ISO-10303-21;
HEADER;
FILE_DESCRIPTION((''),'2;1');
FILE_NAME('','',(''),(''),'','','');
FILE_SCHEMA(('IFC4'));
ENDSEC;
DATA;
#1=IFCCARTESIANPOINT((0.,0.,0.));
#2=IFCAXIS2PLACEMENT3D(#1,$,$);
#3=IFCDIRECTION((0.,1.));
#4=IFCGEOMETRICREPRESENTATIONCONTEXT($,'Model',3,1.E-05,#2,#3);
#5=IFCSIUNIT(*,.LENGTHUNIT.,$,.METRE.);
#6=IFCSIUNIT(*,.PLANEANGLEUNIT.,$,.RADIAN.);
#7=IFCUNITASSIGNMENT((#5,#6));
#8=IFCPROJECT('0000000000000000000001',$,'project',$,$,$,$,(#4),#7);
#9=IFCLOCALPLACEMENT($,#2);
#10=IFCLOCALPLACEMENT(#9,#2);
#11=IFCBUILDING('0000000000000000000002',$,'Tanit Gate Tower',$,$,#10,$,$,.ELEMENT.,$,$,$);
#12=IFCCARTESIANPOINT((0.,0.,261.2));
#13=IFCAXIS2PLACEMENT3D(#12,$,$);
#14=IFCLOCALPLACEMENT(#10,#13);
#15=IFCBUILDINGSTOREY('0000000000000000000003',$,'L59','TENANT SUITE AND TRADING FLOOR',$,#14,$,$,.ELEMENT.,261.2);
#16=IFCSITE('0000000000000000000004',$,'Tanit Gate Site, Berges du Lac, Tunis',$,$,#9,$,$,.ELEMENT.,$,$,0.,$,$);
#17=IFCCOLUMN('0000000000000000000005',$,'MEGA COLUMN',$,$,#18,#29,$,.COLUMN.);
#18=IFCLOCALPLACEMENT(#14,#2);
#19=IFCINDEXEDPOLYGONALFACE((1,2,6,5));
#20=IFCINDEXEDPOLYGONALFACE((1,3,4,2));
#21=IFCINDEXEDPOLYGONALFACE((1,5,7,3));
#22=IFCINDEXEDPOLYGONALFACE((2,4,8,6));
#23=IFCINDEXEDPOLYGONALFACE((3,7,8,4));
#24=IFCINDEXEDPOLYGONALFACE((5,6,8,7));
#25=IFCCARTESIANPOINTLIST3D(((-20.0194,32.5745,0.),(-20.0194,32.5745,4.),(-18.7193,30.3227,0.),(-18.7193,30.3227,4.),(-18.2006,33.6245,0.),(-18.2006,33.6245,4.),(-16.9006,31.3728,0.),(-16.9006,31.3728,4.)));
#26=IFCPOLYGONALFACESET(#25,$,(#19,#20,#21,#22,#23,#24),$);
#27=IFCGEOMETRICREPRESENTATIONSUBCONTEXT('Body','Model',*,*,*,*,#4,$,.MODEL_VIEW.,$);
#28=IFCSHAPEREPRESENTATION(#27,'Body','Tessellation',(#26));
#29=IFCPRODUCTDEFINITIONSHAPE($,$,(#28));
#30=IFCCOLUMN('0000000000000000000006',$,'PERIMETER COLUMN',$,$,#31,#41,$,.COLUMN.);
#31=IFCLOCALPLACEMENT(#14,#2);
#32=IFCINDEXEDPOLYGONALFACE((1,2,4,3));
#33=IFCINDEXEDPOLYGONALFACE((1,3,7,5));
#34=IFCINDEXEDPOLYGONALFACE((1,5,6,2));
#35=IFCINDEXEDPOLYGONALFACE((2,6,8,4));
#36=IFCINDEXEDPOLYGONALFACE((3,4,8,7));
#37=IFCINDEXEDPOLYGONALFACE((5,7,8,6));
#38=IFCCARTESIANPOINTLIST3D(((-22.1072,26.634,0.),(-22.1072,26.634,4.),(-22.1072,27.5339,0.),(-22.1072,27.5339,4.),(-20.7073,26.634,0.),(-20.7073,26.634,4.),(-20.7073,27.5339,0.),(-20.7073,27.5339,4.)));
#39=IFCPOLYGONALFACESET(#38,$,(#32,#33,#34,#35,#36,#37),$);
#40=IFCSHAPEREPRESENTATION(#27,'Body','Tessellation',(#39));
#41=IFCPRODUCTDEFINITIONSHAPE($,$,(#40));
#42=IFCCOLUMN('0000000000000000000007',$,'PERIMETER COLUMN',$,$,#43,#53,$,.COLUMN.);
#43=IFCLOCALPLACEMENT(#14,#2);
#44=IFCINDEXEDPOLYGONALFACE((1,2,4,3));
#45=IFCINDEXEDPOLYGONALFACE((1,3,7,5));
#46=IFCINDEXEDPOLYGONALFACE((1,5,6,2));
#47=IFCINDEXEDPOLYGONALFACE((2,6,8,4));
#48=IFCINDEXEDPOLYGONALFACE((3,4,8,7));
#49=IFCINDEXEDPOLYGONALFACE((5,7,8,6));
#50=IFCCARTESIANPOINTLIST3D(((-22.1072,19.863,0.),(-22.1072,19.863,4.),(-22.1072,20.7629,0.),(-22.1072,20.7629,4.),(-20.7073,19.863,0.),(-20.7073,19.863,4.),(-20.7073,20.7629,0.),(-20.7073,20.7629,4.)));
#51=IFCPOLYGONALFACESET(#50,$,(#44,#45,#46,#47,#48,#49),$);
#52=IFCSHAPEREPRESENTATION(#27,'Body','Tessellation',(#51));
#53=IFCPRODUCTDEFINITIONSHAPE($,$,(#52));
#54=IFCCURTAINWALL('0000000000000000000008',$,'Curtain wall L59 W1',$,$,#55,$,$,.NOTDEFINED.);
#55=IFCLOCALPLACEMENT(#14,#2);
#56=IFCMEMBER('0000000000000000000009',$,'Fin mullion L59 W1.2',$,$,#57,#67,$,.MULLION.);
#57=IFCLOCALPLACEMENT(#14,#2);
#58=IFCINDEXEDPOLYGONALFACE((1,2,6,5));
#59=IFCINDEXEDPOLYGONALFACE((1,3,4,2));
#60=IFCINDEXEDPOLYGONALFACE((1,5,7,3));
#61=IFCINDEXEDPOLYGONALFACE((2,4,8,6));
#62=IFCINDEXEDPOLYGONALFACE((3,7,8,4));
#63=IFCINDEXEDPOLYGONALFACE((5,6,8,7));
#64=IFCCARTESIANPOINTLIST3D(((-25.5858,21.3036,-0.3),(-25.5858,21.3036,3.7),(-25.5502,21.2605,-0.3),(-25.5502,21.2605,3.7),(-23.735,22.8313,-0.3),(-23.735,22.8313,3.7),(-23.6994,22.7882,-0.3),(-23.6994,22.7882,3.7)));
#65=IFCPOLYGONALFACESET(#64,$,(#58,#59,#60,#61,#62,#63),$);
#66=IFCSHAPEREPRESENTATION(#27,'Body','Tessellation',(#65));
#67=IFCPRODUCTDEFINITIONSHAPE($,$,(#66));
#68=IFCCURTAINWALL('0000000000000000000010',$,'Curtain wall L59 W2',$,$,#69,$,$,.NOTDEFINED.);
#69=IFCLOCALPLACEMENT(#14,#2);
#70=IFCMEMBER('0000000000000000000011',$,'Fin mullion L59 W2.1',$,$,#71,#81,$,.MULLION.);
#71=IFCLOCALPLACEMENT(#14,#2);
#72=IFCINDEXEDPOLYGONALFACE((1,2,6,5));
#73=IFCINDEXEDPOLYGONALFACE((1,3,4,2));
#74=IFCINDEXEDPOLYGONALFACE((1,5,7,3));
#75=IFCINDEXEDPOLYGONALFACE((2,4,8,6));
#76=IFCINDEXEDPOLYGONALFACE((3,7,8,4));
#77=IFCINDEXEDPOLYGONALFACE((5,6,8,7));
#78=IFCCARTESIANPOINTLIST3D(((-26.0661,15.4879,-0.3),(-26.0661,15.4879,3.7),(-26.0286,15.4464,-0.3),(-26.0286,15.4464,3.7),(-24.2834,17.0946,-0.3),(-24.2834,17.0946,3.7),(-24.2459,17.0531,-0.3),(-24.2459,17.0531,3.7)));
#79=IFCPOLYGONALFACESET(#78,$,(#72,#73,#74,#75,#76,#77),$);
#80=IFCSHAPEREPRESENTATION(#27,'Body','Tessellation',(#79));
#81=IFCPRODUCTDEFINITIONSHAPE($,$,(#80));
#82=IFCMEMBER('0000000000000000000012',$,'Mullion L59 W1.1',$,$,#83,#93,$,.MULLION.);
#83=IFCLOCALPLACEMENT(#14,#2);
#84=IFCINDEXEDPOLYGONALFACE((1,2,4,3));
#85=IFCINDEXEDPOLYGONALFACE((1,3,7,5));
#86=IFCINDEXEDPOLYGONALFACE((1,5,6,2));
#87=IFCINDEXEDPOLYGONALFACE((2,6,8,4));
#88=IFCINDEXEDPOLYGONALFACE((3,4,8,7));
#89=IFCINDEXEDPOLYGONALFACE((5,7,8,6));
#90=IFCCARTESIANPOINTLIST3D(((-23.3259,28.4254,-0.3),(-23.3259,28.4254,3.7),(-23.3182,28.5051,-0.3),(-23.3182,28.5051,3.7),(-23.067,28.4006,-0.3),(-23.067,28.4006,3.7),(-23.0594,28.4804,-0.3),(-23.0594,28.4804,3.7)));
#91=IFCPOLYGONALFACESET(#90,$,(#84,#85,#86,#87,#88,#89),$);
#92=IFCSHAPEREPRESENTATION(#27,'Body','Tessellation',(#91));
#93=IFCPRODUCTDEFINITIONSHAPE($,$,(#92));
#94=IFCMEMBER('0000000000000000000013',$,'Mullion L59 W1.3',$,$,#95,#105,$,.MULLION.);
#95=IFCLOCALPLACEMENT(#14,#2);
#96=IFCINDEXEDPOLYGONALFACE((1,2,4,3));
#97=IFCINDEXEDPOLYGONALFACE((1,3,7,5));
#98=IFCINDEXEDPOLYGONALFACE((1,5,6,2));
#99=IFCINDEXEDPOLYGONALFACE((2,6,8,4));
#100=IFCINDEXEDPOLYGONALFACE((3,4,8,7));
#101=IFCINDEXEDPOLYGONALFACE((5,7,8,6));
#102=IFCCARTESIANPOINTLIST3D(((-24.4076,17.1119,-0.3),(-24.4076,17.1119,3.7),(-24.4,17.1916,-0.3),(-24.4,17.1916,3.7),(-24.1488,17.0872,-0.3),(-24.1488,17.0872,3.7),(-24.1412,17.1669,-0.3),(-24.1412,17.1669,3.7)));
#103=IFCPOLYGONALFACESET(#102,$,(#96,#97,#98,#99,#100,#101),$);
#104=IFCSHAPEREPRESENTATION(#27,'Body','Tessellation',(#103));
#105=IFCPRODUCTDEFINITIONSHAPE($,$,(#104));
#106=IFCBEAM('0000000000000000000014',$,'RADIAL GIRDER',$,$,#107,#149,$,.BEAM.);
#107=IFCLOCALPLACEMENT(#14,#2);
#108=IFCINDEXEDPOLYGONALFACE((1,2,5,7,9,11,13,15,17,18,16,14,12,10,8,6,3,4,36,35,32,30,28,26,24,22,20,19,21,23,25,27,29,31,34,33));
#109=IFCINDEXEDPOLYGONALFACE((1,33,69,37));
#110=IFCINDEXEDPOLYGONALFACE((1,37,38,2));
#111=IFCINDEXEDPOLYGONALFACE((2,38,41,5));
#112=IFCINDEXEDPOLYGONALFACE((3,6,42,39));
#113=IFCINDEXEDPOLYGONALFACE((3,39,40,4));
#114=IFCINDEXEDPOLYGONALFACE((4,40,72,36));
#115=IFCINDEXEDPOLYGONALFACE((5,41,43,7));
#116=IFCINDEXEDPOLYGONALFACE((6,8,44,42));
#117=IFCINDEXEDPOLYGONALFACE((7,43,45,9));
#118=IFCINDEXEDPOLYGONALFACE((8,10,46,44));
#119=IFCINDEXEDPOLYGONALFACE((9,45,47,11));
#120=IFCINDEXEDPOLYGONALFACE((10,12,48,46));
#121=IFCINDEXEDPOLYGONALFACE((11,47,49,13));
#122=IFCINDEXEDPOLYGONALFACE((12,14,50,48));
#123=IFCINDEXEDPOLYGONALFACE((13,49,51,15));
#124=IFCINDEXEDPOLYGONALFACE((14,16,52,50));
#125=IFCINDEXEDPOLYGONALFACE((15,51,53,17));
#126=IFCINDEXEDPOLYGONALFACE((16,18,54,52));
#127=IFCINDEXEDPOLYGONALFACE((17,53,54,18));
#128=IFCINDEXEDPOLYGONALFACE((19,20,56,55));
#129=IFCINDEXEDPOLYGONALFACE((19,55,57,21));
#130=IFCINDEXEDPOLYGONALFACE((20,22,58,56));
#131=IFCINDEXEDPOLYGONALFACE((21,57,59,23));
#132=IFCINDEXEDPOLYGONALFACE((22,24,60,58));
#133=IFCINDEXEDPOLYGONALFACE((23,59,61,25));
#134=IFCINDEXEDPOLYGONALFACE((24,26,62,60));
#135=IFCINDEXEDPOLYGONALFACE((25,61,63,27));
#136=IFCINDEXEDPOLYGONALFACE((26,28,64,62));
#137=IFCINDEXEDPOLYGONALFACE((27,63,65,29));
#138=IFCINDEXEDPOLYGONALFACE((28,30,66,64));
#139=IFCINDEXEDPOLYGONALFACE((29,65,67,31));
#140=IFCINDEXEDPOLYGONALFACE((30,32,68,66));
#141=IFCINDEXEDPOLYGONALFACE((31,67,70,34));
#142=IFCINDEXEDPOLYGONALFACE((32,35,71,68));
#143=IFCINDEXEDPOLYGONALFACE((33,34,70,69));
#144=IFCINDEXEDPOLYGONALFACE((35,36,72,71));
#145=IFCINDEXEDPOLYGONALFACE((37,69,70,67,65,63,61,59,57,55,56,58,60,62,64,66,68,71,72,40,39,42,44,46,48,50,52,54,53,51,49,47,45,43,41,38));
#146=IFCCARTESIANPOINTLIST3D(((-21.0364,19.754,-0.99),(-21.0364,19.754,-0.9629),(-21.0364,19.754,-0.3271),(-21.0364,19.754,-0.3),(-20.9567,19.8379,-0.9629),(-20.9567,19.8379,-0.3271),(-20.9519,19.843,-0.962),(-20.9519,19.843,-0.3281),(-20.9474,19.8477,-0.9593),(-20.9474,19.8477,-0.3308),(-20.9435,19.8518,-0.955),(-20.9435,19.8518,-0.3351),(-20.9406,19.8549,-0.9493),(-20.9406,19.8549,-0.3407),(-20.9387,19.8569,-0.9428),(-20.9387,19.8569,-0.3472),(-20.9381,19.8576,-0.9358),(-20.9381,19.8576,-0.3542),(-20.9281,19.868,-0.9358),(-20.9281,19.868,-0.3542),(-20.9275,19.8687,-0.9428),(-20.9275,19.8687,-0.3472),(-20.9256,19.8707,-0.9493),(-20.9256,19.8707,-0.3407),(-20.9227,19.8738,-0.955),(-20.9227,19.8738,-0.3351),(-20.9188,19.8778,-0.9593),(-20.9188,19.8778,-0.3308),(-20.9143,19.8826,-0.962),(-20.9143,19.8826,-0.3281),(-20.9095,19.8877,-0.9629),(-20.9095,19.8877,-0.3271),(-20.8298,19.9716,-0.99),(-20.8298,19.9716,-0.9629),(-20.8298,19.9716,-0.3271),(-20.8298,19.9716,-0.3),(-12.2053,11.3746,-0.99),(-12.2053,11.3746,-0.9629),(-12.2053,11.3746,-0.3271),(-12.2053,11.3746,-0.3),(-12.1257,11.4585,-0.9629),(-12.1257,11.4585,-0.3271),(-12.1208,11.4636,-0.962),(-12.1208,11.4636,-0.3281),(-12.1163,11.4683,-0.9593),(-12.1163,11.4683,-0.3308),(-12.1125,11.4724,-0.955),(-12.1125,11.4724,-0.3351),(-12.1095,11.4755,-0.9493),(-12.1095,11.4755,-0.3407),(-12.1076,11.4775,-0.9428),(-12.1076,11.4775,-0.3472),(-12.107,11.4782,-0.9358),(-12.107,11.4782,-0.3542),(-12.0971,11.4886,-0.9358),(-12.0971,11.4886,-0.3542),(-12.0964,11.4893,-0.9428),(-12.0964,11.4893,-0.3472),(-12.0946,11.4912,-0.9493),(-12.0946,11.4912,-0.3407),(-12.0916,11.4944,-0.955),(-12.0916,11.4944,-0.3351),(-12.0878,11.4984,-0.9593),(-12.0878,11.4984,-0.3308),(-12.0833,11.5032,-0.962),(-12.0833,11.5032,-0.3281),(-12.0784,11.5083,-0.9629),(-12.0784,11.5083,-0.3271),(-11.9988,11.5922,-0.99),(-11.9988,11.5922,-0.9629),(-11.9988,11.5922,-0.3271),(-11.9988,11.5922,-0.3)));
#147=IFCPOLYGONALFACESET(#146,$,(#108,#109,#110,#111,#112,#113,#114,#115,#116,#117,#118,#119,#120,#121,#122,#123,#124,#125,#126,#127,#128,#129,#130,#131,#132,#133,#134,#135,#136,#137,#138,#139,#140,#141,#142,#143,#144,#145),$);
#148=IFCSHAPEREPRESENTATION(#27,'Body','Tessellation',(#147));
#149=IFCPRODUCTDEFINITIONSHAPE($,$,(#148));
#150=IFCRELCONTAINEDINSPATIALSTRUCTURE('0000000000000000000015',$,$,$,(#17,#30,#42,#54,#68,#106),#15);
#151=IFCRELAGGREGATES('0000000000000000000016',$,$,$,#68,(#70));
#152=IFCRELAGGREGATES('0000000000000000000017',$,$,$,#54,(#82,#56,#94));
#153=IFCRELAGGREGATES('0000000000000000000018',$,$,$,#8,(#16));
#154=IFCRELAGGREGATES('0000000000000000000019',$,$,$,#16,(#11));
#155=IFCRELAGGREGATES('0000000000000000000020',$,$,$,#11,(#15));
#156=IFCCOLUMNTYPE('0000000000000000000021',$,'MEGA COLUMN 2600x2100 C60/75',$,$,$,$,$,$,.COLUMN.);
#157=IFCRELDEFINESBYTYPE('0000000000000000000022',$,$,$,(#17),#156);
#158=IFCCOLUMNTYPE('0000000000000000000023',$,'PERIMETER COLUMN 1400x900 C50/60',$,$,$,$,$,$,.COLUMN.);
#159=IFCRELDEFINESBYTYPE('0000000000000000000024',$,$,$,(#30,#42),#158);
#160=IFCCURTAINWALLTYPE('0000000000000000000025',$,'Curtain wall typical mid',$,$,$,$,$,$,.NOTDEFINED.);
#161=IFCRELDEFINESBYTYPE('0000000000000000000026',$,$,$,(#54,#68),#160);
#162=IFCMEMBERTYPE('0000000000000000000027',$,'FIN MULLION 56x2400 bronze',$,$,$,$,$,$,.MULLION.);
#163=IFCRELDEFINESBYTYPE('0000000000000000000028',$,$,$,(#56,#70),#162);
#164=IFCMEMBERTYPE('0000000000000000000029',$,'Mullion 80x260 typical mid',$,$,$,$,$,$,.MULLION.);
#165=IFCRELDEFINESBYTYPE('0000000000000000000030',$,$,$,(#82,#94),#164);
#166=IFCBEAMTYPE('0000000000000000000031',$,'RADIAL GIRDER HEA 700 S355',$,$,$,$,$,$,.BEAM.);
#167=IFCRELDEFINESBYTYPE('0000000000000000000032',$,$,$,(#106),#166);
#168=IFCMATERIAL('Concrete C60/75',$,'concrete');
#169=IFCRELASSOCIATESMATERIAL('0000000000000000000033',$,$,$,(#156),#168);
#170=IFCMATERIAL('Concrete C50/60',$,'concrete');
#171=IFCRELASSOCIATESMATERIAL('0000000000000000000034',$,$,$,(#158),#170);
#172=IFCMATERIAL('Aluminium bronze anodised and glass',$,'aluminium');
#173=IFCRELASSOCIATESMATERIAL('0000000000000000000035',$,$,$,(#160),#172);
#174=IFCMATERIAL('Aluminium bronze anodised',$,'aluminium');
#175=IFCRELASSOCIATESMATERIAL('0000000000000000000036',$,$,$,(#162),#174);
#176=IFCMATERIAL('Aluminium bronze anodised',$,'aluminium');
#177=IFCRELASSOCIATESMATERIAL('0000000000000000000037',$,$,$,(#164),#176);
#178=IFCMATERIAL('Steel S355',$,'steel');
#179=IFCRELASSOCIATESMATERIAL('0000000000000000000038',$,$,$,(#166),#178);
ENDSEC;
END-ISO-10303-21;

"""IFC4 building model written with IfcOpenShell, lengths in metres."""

from ifc_helpers import new_model, si_unit, direction, frame, origin, origin_2d, place, context, subcontext, project, spatial, rectangle, i_section, extrude, material, material_profile, profile_set, type_object, element, aggregate, save


model = new_model("IFC4")

# Units and contexts
model_context = context("Model", 3, precision=1e-05, world=origin(), true_north=direction((0.0, 1.0)))
body_context = subcontext(model_context, "Body", "Model", "MODEL_VIEW")
ifc_project = project(units=[si_unit("LENGTHUNIT", "METRE"), si_unit("PLANEANGLEUNIT", "RADIAN")], contexts=[model_context])

# Site, building, storey
site_placement = place(None, origin())
site = spatial("IfcSite", under=ifc_project, at=site_placement, Name="Tanit Gate Site, Berges du Lac, Tunis", CompositionType="ELEMENT", RefElevation=0.0)
building_placement = place(site_placement, origin())
building = spatial("IfcBuilding", under=site, at=building_placement, Name="Tanit Gate Tower", CompositionType="ELEMENT")
storey_placement = place(building_placement, frame((0.0, 0.0, 261.2)))
storey = spatial("IfcBuildingStorey", under=building, at=storey_placement, Name="L59", Description="TENANT SUITE AND TRADING FLOOR", CompositionType="ELEMENT", Elevation=261.2)

# Columns
ifc_material_1 = material(Name="Concrete C60/75", Category="concrete")
ifc_material_profile_1 = material_profile(ifc_material_1, rectangle(XDim=2.6001, YDim=2.1001, at=origin_2d()), Name="RC 2600x2100")
ifc_profile_set_1 = profile_set([ifc_material_profile_1], Name="Concrete C60/75")
column_type_1 = type_object("IfcColumnType", Name="MEGA COLUMN 2600x2100 C60/75", PredefinedType="COLUMN", material=ifc_profile_set_1)
column_placement = place(storey_placement, frame((-18.46, 31.9736, 0.0), z_axis=(0.0, 0.0, 1.0), x_axis=(-0.5, 0.866025, 0.0)))
element("IfcColumn", 1, at=column_placement, inside=storey, type_object=column_type_1, Name="MEGA COLUMN", PredefinedType="COLUMN", context=body_context, shape_type="SweptSolid", body=[
    extrude(rectangle(XDim=2.6001, YDim=2.1001, at=origin_2d()), origin(), (0.0, 0.0, 1.0), 4.0),
])
ifc_material_2 = material(Name="Concrete C50/60", Category="concrete")
ifc_material_profile_2 = material_profile(ifc_material_2, rectangle(XDim=1.3999, YDim=0.8999, at=origin_2d()), Name="RC 1400x900")
ifc_profile_set_2 = profile_set([ifc_material_profile_2], Name="Concrete C50/60")
column_type_2 = type_object("IfcColumnType", Name="PERIMETER COLUMN 1400x900 C50/60", PredefinedType="COLUMN", material=ifc_profile_set_2)
for number, where, z_axis, x_axis, name in (
    (2, (-21.4072, 27.084, 0.0), (0.0, 0.0, 1.0), (-1.0, 0.0, 0.0), "PERIMETER COLUMN"),
    (3, (-21.4072, 20.313, 0.0), (0.0, 0.0, 1.0), (-1.0, 0.0, 0.0), "PERIMETER COLUMN"),
):
    element("IfcColumn", number, at=place(storey_placement, frame(where, z_axis=z_axis, x_axis=x_axis)), inside=storey, type_object=column_type_2, Name=name, PredefinedType="COLUMN", context=body_context, shape_type="SweptSolid", body=[
        extrude(rectangle(XDim=1.3999, YDim=0.8999, at=origin_2d()), origin(), (0.0, 0.0, 1.0), 4.0),
    ])

# Curtain walls, members
ifc_material_3 = material(Name="Aluminium bronze anodised and glass", Category="aluminium")
curtain_wall_type = type_object("IfcCurtainWallType", Name="Curtain wall typical mid", PredefinedType="NOTDEFINED", material=ifc_material_3)
curtain_wall_1_placement = place(storey_placement, origin())
curtain_wall_1 = element("IfcCurtainWall", 4, at=curtain_wall_1_placement, inside=storey, type_object=curtain_wall_type, Name="Curtain wall L59 W1", PredefinedType="NOTDEFINED")
ifc_material_4 = material(Name="Aluminium bronze anodised", Category="aluminium")
ifc_material_profile_3 = material_profile(ifc_material_4, rectangle(XDim=2.3999, YDim=0.0559, at=origin_2d()), Name="56x2400 bronze fin mullion")
ifc_profile_set_3 = profile_set([ifc_material_profile_3], Name="Aluminium bronze anodised")
member_type_1 = type_object("IfcMemberType", Name="FIN MULLION 56x2400 bronze", PredefinedType="MULLION", material=ifc_profile_set_3)
member_1_placement = place(storey_placement, frame((-24.6426, 22.0459, -0.3), z_axis=(0.0, 0.0, 1.0), x_axis=(0.7712, 0.636593, 0.0)))
member_1 = element("IfcMember", 5, at=member_1_placement, type_object=member_type_1, Name="Fin mullion L59 W1.2", PredefinedType="MULLION", context=body_context, shape_type="SweptSolid", body=[
    extrude(rectangle(XDim=2.3999, YDim=0.0559, at=origin_2d()), origin(), (0.0, 0.0, 1.0), 4.0),
])
curtain_wall_2_placement = place(storey_placement, origin())
curtain_wall_2 = element("IfcCurtainWall", 6, at=curtain_wall_2_placement, inside=storey, type_object=curtain_wall_type, Name="Curtain wall L59 W2", PredefinedType="NOTDEFINED")
member_2_placement = place(storey_placement, frame((-25.156, 16.2705, -0.3), z_axis=(0.0, 0.0, 1.0), x_axis=(0.742829, 0.669481, 0.0)))
member_2 = element("IfcMember", 7, at=member_2_placement, type_object=member_type_1, Name="Fin mullion L59 W2.1", PredefinedType="MULLION", context=body_context, shape_type="SweptSolid", body=[
    extrude(rectangle(XDim=2.3999, YDim=0.0559, at=origin_2d()), origin(), (0.0, 0.0, 1.0), 4.0),
])

# Members
ifc_material_5 = material(Name="Aluminium bronze anodised", Category="aluminium")
ifc_material_profile_4 = material_profile(ifc_material_5, rectangle(XDim=0.26, YDim=0.0801, at=origin_2d()), Name="80x260 bronze mullion")
ifc_profile_set_4 = profile_set([ifc_material_profile_4], Name="Aluminium bronze anodised")
member_type_2 = type_object("IfcMemberType", Name="Mullion 80x260 typical mid", PredefinedType="MULLION", material=ifc_profile_set_4)
member_3_placement = place(storey_placement, frame((-23.1926, 28.4529, -0.3), z_axis=(0.0, 0.0, 1.0), x_axis=(0.99546, -0.095182, 0.0)))
member_3 = element("IfcMember", 8, at=member_3_placement, type_object=member_type_2, Name="Mullion L59 W1.1", PredefinedType="MULLION", context=body_context, shape_type="SweptSolid", body=[
    extrude(rectangle(XDim=0.26, YDim=0.0801, at=origin_2d()), origin(), (0.0, 0.0, 1.0), 4.0),
])
member_4_placement = place(storey_placement, frame((-24.2744, 17.1394, -0.3), z_axis=(0.0, 0.0, 1.0), x_axis=(0.99546, -0.095182, 0.0)))
member_4 = element("IfcMember", 9, at=member_4_placement, type_object=member_type_2, Name="Mullion L59 W1.3", PredefinedType="MULLION", context=body_context, shape_type="SweptSolid", body=[
    extrude(rectangle(XDim=0.26, YDim=0.0801, at=origin_2d()), origin(), (0.0, 0.0, 1.0), 4.0),
])

# Beam
ifc_material_6 = material(Name="Steel S355", Category="steel")
ifc_material_profile_5 = material_profile(ifc_material_6, i_section(OverallWidth=0.3, OverallDepth=0.6899, WebThickness=0.0144, FlangeThickness=0.0271, FilletRadius=0.0271, at=origin_2d()), Name="HEA 700")
ifc_profile_set_5 = profile_set([ifc_material_profile_5], Name="Steel S355")
beam_type_1 = type_object("IfcBeamType", Name="RADIAL GIRDER HEA 700 S355", PredefinedType="BEAM", material=ifc_profile_set_5)
beam_1_placement = place(storey_placement, frame((-20.9331, 19.8628, -0.645), z_axis=(0.725414, -0.688313, 0.0), x_axis=(0.688313, 0.725414, 0.0)))
element("IfcBeam", 10, at=beam_1_placement, inside=storey, type_object=beam_type_1, Name="RADIAL GIRDER", PredefinedType="BEAM", context=body_context, shape_type="SweptSolid", body=[
    extrude(i_section(OverallWidth=0.3, OverallDepth=0.6899, WebThickness=0.0144, FlangeThickness=0.0271, FilletRadius=0.0271, at=origin_2d()), origin(), (0.0, 0.0, 1.0), 12.1738),
])

aggregate(curtain_wall_2, [member_2])

aggregate(curtain_wall_1, [member_3, member_1, member_4])

save(model, "model.ifc")
